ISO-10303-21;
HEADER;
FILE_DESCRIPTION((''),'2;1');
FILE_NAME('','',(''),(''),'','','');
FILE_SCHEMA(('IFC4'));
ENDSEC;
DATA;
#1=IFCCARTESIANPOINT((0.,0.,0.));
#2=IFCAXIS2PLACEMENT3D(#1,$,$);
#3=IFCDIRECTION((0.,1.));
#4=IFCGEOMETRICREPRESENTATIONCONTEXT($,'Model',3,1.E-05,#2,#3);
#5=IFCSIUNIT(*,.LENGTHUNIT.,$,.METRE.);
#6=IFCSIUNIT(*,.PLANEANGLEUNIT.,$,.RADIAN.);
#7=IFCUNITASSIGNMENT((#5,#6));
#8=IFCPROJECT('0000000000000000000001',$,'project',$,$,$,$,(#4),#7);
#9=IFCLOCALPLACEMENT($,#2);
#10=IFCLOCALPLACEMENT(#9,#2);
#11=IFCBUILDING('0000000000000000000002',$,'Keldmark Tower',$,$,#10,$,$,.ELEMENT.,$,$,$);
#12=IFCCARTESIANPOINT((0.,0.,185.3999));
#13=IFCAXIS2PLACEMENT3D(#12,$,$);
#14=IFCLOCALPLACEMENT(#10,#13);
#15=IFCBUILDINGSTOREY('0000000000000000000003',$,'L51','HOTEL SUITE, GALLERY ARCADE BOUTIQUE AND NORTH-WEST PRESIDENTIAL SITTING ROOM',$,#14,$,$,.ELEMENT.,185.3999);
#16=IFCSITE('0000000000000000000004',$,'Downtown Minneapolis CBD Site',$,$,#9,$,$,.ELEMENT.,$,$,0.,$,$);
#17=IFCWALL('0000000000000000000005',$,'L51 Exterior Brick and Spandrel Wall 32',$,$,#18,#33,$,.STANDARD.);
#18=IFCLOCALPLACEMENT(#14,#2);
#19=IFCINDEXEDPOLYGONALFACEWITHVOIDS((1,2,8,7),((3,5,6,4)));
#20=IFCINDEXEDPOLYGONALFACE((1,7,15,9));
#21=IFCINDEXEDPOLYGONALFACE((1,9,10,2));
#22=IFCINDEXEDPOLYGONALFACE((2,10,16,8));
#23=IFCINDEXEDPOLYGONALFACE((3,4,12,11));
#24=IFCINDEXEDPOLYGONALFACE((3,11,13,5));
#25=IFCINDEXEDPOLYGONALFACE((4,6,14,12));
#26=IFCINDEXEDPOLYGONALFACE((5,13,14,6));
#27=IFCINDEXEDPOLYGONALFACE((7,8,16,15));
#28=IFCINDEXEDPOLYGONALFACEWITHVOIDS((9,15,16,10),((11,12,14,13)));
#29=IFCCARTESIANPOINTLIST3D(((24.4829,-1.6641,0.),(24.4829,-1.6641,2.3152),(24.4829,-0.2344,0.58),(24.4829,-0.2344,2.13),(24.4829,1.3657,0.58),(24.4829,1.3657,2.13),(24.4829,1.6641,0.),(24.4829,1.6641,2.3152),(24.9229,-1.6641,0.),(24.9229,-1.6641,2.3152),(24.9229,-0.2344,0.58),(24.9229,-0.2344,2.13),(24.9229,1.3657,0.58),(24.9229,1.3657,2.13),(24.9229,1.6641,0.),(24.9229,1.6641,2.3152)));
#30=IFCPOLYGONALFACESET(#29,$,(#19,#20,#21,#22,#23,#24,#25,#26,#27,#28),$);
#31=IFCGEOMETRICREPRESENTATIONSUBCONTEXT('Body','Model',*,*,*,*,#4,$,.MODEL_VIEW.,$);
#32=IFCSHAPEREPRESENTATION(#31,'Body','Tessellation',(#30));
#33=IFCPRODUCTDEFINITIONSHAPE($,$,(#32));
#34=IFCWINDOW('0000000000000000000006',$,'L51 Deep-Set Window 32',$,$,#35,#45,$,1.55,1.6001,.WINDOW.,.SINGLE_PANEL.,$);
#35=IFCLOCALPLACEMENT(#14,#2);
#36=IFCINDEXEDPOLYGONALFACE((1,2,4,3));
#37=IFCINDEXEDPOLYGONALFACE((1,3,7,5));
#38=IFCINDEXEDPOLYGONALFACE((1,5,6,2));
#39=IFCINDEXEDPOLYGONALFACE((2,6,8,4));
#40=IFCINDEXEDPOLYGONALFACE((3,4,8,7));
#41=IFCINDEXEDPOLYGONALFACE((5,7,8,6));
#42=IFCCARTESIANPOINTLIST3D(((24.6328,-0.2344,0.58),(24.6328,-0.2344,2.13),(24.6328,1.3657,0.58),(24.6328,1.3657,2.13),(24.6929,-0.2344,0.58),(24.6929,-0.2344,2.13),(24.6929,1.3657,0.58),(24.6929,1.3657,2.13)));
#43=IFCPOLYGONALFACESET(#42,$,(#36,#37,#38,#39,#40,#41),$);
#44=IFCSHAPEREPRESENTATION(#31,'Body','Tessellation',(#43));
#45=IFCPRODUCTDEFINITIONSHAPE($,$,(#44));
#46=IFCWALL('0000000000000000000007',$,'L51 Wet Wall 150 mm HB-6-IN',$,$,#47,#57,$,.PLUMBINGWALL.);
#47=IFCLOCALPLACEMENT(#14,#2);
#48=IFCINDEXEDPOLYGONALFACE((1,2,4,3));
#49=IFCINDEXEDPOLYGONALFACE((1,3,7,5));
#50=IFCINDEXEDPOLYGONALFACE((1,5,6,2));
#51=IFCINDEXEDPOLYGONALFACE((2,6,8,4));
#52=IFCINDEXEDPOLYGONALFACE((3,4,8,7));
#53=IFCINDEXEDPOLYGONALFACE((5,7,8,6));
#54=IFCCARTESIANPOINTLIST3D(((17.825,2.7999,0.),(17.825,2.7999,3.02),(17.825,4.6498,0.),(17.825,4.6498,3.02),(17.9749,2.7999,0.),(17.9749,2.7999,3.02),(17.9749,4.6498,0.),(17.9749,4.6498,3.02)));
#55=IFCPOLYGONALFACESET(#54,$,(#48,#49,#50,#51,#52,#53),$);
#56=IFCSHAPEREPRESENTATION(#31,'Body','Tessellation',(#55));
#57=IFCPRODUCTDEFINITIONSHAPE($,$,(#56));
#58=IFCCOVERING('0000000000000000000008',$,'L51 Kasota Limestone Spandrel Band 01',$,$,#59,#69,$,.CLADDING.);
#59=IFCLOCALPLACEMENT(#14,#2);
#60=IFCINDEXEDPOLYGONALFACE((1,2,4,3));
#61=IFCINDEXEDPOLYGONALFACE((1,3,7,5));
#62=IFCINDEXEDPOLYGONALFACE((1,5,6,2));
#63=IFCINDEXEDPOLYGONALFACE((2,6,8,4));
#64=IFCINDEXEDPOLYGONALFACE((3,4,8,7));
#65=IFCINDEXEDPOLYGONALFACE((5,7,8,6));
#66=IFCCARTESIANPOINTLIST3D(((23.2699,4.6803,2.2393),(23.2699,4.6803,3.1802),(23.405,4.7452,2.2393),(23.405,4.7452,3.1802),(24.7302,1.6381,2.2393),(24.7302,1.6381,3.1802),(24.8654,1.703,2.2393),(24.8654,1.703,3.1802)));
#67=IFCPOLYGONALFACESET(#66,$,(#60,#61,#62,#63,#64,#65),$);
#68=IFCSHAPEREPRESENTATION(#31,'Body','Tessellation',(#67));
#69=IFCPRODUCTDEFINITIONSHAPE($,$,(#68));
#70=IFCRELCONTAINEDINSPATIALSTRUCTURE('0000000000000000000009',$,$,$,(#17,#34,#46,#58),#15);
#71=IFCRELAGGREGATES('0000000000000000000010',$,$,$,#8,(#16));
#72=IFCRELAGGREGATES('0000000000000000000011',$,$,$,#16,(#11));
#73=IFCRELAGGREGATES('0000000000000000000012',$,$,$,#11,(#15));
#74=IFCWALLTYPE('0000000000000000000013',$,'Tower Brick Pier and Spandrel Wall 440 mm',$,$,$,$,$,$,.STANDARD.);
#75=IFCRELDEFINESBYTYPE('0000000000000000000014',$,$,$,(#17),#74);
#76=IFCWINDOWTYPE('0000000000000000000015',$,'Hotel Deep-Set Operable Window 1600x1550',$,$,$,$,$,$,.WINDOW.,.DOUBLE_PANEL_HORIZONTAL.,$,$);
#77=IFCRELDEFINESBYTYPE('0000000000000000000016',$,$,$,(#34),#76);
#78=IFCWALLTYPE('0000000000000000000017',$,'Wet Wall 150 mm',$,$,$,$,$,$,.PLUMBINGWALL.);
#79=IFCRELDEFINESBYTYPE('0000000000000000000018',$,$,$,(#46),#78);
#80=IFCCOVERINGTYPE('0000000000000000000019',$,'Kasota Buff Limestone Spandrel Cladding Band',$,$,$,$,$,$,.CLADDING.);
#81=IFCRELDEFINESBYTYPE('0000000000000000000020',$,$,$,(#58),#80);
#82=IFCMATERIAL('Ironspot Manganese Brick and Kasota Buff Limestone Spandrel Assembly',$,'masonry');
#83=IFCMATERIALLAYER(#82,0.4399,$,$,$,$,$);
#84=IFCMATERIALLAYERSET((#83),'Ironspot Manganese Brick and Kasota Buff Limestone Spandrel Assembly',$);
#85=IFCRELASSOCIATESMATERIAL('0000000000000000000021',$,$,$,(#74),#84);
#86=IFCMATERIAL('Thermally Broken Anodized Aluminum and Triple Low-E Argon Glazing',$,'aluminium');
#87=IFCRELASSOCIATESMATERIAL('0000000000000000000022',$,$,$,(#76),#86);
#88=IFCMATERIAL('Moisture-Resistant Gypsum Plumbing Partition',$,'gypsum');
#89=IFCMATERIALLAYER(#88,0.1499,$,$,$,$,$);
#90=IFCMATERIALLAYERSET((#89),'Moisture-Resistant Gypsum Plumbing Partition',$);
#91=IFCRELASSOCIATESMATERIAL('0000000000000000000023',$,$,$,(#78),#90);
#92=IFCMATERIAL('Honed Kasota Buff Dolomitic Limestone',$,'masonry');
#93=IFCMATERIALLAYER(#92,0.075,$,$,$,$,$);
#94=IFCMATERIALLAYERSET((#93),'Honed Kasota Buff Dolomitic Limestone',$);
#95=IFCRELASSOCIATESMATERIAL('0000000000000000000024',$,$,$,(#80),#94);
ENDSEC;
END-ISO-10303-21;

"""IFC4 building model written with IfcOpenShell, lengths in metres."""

from ifc_helpers import new_model, si_unit, direction, frame, frame_2d, origin, origin_2d, place, context, subcontext, project, spatial, rectangle, extrude, material, layer, layer_set, type_object, element, fill, save


model = new_model("IFC4")

# Units and contexts
model_context = context("Model", 3, precision=1e-05, world=origin(), true_north=direction((0.0, 1.0)))
body_context = subcontext(model_context, "Body", "Model", "MODEL_VIEW")
ifc_project = project(units=[si_unit("LENGTHUNIT", "METRE"), si_unit("PLANEANGLEUNIT", "RADIAN")], contexts=[model_context])

# Site, building, storey
site_placement = place(None, origin())
site = spatial("IfcSite", under=ifc_project, at=site_placement, Name="Downtown Minneapolis CBD Site", CompositionType="ELEMENT", RefElevation=0.0)
building_placement = place(site_placement, origin())
building = spatial("IfcBuilding", under=site, at=building_placement, Name="Keldmark Tower", CompositionType="ELEMENT")
storey_placement = place(building_placement, frame((0.0, 0.0, 185.3999)))
storey = spatial("IfcBuildingStorey", under=building, at=storey_placement, Name="L51", Description="HOTEL SUITE, GALLERY ARCADE BOUTIQUE AND NORTH-WEST PRESIDENTIAL SITTING ROOM", CompositionType="ELEMENT", Elevation=185.3999)

# Wall, opening, window
ifc_material_1 = material(Name="Ironspot Manganese Brick and Kasota Buff Limestone Spandrel Assembly", Category="masonry")
ifc_layer_1 = layer(ifc_material_1, 0.4399)
ifc_layer_set_1 = layer_set([ifc_layer_1], Name="Ironspot Manganese Brick and Kasota Buff Limestone Spandrel Assembly")
wall_type_1 = type_object("IfcWallType", Name="Tower Brick Pier and Spandrel Wall 440 mm", PredefinedType="STANDARD", material=ifc_layer_set_1)
ifc_material_2 = material(Name="Thermally Broken Anodized Aluminum and Triple Low-E Argon Glazing", Category="aluminium")
window_type_1 = type_object("IfcWindowType", Name="Hotel Deep-Set Operable Window 1600x1550", PartitioningType="DOUBLE_PANEL_HORIZONTAL", PredefinedType="WINDOW", material=ifc_material_2)
wall_1_placement = place(storey_placement, frame((24.7029, 1.6641, 0.0), z_axis=(0.0, 0.0, 1.0), x_axis=(0.0, -1.0, 0.0)))
wall_1 = element("IfcWall", 1, at=wall_1_placement, inside=storey, type_object=wall_type_1, Name="L51 Exterior Brick and Spandrel Wall 32", PredefinedType="STANDARD", context=body_context, shape_type="SweptSolid", body=[
    extrude(rectangle(XDim=3.3281, YDim=0.4399, at=frame_2d((1.6641, 0.0))), origin(), (0.0, 0.0, 1.0), 2.3152),
])
opening_1_placement = place(wall_1_placement, frame((0.2983, 0.0, 0.5801)))
opening_1 = element("IfcOpeningElement", 2, at=opening_1_placement, cuts=wall_1, PredefinedType="OPENING", context=body_context, shape_type="SweptSolid", body=[
    extrude(rectangle(XDim=1.6001, YDim=1.55, at=frame_2d((0.8, 0.7749))), frame((0.0, 0.23, 0.0), z_axis=(0.0, -1.0, 0.0), x_axis=(1.0, 0.0, 0.0)), (0.0, 0.0, 1.0), 0.46),
])
window_1_placement = place(opening_1_placement, origin())
window_1 = element("IfcWindow", 3, at=window_1_placement, inside=storey, type_object=window_type_1, Name="L51 Deep-Set Window 32", OverallHeight=1.55, OverallWidth=1.6001, PartitioningType="SINGLE_PANEL", PredefinedType="WINDOW", context=body_context, shape_type="SweptSolid", body=[
    extrude(rectangle(XDim=1.6001, YDim=1.55, at=frame_2d((0.8, 0.7749))), frame((0.0, -0.01, 0.0), z_axis=(0.0, -1.0, 0.0), x_axis=(1.0, 0.0, 0.0)), (0.0, 0.0, 1.0), 0.0601),
])
fill(opening_1, window_1)

# Wall
ifc_material_3 = material(Name="Moisture-Resistant Gypsum Plumbing Partition", Category="gypsum")
ifc_layer_2 = layer(ifc_material_3, 0.1499)
ifc_layer_set_2 = layer_set([ifc_layer_2], Name="Moisture-Resistant Gypsum Plumbing Partition")
wall_type_2 = type_object("IfcWallType", Name="Wet Wall 150 mm", PredefinedType="PLUMBINGWALL", material=ifc_layer_set_2)
wall_2_placement = place(storey_placement, frame((17.8999, 2.8, 0.0), z_axis=(0.0, 0.0, 1.0), x_axis=(0.0, 1.0, 0.0)))
element("IfcWall", 4, at=wall_2_placement, inside=storey, type_object=wall_type_2, Name="L51 Wet Wall 150 mm HB-6-IN", PredefinedType="PLUMBINGWALL", context=body_context, shape_type="SweptSolid", body=[
    extrude(rectangle(XDim=1.8499, YDim=0.1499, at=frame_2d((0.9248, 0.0))), origin(), (0.0, 0.0, 1.0), 3.02),
])

# Covering
ifc_material_4 = material(Name="Honed Kasota Buff Dolomitic Limestone", Category="masonry")
ifc_layer_3 = layer(ifc_material_4, 0.075)
ifc_layer_set_3 = layer_set([ifc_layer_3], Name="Honed Kasota Buff Dolomitic Limestone")
covering_type = type_object("IfcCoveringType", Name="Kasota Buff Limestone Spandrel Cladding Band", PredefinedType="CLADDING", material=ifc_layer_set_3)
covering_placement = place(storey_placement, frame((24.0676, 3.1917, 2.2393), z_axis=(0.0, 0.0, 1.0), x_axis=(-0.432762, 0.901508, 0.0)))
element("IfcCovering", 5, at=covering_placement, inside=storey, type_object=covering_type, Name="L51 Kasota Limestone Spandrel Band 01", PredefinedType="CLADDING", context=body_context, shape_type="SweptSolid", body=[
    extrude(rectangle(XDim=3.3745, YDim=0.1499, at=origin_2d()), origin(), (0.0, 0.0, 1.0), 0.9409),
])

save(model, "model.ifc")
